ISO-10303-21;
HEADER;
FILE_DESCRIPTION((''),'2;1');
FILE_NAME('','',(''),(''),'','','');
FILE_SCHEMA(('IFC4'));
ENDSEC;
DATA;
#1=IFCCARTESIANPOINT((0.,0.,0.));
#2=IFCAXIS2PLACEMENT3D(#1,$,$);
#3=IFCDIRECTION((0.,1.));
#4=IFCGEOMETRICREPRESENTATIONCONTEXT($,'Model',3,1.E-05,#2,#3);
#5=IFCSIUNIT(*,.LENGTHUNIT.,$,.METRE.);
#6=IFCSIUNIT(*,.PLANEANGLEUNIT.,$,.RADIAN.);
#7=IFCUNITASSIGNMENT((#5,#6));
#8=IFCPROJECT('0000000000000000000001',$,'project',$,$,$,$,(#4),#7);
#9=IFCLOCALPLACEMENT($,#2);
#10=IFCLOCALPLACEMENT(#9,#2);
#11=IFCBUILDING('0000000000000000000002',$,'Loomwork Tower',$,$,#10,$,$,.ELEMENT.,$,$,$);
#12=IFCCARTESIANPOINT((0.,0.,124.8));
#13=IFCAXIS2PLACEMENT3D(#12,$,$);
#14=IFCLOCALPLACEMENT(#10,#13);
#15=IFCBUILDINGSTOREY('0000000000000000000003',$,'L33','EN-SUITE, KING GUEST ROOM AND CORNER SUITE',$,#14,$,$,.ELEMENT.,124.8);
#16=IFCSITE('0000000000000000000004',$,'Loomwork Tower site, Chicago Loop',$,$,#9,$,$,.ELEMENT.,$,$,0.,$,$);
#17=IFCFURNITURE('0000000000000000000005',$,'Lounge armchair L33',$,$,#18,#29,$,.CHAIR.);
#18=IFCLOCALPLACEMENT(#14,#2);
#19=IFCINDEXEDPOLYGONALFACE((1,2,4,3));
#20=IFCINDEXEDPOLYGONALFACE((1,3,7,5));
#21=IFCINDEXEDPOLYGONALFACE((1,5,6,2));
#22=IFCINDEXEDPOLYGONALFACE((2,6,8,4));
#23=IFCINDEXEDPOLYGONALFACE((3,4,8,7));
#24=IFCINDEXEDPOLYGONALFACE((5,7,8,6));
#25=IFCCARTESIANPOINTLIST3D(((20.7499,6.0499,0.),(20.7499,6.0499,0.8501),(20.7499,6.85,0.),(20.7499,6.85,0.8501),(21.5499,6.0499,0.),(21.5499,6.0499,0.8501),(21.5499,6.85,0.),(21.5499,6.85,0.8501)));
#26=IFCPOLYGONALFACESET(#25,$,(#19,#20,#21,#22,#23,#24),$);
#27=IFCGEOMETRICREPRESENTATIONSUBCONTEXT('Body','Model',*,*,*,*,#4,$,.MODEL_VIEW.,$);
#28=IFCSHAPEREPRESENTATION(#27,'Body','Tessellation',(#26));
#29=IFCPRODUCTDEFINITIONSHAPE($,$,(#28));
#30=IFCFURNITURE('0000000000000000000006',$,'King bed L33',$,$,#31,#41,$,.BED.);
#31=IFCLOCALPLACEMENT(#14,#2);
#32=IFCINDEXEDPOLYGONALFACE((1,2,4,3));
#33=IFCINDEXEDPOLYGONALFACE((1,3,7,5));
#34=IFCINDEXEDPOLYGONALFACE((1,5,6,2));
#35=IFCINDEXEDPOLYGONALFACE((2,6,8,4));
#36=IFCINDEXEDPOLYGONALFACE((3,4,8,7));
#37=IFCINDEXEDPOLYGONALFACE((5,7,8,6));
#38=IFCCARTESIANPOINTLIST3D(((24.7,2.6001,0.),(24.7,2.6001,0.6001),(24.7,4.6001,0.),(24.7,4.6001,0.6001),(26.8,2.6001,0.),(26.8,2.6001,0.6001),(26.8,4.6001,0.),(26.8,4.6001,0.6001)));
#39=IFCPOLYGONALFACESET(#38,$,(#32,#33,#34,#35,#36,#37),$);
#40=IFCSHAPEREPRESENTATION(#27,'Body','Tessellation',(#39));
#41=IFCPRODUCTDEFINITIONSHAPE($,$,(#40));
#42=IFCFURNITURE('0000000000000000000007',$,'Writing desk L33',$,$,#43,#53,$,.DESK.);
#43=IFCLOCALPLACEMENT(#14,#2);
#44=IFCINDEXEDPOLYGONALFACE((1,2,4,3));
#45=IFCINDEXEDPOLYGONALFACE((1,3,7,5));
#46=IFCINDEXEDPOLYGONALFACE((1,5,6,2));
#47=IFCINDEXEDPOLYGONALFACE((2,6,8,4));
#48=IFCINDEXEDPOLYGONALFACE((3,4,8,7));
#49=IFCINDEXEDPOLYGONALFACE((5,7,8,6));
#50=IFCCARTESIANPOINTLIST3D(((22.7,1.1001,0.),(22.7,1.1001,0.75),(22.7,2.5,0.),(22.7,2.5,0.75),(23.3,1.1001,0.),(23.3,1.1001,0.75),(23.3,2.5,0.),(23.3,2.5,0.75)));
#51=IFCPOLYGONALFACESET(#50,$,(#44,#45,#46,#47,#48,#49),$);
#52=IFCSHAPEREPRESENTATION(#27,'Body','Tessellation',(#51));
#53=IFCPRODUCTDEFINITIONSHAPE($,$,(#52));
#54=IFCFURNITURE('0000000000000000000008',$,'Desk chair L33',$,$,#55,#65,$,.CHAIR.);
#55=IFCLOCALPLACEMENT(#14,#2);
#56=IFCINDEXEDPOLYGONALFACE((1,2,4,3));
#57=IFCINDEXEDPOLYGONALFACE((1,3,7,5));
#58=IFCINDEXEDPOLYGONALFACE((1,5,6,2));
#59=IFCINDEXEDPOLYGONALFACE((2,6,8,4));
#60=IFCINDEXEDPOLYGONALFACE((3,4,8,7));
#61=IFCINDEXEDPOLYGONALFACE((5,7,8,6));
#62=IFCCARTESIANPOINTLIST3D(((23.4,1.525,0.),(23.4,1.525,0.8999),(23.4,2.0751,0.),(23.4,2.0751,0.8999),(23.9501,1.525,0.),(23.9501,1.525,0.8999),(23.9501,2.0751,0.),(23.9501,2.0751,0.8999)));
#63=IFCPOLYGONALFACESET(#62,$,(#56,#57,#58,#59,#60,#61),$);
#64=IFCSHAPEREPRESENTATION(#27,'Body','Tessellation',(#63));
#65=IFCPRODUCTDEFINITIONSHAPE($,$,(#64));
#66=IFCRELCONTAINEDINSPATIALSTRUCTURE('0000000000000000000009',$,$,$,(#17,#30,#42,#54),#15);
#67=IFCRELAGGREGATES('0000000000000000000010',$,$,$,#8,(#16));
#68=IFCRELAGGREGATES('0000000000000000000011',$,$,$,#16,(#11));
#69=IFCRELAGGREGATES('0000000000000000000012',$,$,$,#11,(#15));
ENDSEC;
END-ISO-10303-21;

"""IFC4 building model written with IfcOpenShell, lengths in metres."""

from ifc_helpers import new_model, si_unit, direction, frame, origin, origin_2d, place, context, subcontext, project, spatial, rectangle, extrude, element, save


model = new_model("IFC4")

# Units and contexts
model_context = context("Model", 3, precision=1e-05, world=origin(), true_north=direction((0.0, 1.0)))
body_context = subcontext(model_context, "Body", "Model", "MODEL_VIEW")
ifc_project = project(units=[si_unit("LENGTHUNIT", "METRE"), si_unit("PLANEANGLEUNIT", "RADIAN")], contexts=[model_context])

# Site, building, storey
site_placement = place(None, origin())
site = spatial("IfcSite", under=ifc_project, at=site_placement, Name="Loomwork Tower site, Chicago Loop", CompositionType="ELEMENT", RefElevation=0.0)
building_placement = place(site_placement, origin())
building = spatial("IfcBuilding", under=site, at=building_placement, Name="Loomwork Tower", CompositionType="ELEMENT")
storey_placement = place(building_placement, frame((0.0, 0.0, 124.8)))
storey = spatial("IfcBuildingStorey", under=building, at=storey_placement, Name="L33", Description="EN-SUITE, KING GUEST ROOM AND CORNER SUITE", CompositionType="ELEMENT", Elevation=124.8)

# Furniture
furniture_1_placement = place(storey_placement, frame((21.1499, 6.45, 0.0), z_axis=(0.0, 0.0, 1.0), x_axis=(1.0, 0.0, 0.0)))
element("IfcFurniture", 1, at=furniture_1_placement, inside=storey, Name="Lounge armchair L33", PredefinedType="CHAIR", context=body_context, shape_type="SweptSolid", body=[
    extrude(rectangle(XDim=0.8, YDim=0.8, at=origin_2d()), origin(), (0.0, 0.0, 1.0), 0.8501),
])
furniture_2_placement = place(storey_placement, frame((25.75, 3.6001, 0.0), z_axis=(0.0, 0.0, 1.0), x_axis=(1.0, 0.0, 0.0)))
element("IfcFurniture", 2, at=furniture_2_placement, inside=storey, Name="King bed L33", PredefinedType="BED", context=body_context, shape_type="SweptSolid", body=[
    extrude(rectangle(XDim=2.1001, YDim=2.0, at=origin_2d()), origin(), (0.0, 0.0, 1.0), 0.6001),
])
furniture_3_placement = place(storey_placement, frame((23.0, 1.8, 0.0), z_axis=(0.0, 0.0, 1.0), x_axis=(1.0, 0.0, 0.0)))
element("IfcFurniture", 3, at=furniture_3_placement, inside=storey, Name="Writing desk L33", PredefinedType="DESK", context=body_context, shape_type="SweptSolid", body=[
    extrude(rectangle(XDim=0.6001, YDim=1.3999, at=origin_2d()), origin(), (0.0, 0.0, 1.0), 0.75),
])
furniture_4_placement = place(storey_placement, frame((23.675, 1.8, 0.0), z_axis=(0.0, 0.0, 1.0), x_axis=(1.0, 0.0, 0.0)))
element("IfcFurniture", 4, at=furniture_4_placement, inside=storey, Name="Desk chair L33", PredefinedType="CHAIR", context=body_context, shape_type="SweptSolid", body=[
    extrude(rectangle(XDim=0.55, YDim=0.55, at=origin_2d()), origin(), (0.0, 0.0, 1.0), 0.8999),
])

save(model, "model.ifc")
